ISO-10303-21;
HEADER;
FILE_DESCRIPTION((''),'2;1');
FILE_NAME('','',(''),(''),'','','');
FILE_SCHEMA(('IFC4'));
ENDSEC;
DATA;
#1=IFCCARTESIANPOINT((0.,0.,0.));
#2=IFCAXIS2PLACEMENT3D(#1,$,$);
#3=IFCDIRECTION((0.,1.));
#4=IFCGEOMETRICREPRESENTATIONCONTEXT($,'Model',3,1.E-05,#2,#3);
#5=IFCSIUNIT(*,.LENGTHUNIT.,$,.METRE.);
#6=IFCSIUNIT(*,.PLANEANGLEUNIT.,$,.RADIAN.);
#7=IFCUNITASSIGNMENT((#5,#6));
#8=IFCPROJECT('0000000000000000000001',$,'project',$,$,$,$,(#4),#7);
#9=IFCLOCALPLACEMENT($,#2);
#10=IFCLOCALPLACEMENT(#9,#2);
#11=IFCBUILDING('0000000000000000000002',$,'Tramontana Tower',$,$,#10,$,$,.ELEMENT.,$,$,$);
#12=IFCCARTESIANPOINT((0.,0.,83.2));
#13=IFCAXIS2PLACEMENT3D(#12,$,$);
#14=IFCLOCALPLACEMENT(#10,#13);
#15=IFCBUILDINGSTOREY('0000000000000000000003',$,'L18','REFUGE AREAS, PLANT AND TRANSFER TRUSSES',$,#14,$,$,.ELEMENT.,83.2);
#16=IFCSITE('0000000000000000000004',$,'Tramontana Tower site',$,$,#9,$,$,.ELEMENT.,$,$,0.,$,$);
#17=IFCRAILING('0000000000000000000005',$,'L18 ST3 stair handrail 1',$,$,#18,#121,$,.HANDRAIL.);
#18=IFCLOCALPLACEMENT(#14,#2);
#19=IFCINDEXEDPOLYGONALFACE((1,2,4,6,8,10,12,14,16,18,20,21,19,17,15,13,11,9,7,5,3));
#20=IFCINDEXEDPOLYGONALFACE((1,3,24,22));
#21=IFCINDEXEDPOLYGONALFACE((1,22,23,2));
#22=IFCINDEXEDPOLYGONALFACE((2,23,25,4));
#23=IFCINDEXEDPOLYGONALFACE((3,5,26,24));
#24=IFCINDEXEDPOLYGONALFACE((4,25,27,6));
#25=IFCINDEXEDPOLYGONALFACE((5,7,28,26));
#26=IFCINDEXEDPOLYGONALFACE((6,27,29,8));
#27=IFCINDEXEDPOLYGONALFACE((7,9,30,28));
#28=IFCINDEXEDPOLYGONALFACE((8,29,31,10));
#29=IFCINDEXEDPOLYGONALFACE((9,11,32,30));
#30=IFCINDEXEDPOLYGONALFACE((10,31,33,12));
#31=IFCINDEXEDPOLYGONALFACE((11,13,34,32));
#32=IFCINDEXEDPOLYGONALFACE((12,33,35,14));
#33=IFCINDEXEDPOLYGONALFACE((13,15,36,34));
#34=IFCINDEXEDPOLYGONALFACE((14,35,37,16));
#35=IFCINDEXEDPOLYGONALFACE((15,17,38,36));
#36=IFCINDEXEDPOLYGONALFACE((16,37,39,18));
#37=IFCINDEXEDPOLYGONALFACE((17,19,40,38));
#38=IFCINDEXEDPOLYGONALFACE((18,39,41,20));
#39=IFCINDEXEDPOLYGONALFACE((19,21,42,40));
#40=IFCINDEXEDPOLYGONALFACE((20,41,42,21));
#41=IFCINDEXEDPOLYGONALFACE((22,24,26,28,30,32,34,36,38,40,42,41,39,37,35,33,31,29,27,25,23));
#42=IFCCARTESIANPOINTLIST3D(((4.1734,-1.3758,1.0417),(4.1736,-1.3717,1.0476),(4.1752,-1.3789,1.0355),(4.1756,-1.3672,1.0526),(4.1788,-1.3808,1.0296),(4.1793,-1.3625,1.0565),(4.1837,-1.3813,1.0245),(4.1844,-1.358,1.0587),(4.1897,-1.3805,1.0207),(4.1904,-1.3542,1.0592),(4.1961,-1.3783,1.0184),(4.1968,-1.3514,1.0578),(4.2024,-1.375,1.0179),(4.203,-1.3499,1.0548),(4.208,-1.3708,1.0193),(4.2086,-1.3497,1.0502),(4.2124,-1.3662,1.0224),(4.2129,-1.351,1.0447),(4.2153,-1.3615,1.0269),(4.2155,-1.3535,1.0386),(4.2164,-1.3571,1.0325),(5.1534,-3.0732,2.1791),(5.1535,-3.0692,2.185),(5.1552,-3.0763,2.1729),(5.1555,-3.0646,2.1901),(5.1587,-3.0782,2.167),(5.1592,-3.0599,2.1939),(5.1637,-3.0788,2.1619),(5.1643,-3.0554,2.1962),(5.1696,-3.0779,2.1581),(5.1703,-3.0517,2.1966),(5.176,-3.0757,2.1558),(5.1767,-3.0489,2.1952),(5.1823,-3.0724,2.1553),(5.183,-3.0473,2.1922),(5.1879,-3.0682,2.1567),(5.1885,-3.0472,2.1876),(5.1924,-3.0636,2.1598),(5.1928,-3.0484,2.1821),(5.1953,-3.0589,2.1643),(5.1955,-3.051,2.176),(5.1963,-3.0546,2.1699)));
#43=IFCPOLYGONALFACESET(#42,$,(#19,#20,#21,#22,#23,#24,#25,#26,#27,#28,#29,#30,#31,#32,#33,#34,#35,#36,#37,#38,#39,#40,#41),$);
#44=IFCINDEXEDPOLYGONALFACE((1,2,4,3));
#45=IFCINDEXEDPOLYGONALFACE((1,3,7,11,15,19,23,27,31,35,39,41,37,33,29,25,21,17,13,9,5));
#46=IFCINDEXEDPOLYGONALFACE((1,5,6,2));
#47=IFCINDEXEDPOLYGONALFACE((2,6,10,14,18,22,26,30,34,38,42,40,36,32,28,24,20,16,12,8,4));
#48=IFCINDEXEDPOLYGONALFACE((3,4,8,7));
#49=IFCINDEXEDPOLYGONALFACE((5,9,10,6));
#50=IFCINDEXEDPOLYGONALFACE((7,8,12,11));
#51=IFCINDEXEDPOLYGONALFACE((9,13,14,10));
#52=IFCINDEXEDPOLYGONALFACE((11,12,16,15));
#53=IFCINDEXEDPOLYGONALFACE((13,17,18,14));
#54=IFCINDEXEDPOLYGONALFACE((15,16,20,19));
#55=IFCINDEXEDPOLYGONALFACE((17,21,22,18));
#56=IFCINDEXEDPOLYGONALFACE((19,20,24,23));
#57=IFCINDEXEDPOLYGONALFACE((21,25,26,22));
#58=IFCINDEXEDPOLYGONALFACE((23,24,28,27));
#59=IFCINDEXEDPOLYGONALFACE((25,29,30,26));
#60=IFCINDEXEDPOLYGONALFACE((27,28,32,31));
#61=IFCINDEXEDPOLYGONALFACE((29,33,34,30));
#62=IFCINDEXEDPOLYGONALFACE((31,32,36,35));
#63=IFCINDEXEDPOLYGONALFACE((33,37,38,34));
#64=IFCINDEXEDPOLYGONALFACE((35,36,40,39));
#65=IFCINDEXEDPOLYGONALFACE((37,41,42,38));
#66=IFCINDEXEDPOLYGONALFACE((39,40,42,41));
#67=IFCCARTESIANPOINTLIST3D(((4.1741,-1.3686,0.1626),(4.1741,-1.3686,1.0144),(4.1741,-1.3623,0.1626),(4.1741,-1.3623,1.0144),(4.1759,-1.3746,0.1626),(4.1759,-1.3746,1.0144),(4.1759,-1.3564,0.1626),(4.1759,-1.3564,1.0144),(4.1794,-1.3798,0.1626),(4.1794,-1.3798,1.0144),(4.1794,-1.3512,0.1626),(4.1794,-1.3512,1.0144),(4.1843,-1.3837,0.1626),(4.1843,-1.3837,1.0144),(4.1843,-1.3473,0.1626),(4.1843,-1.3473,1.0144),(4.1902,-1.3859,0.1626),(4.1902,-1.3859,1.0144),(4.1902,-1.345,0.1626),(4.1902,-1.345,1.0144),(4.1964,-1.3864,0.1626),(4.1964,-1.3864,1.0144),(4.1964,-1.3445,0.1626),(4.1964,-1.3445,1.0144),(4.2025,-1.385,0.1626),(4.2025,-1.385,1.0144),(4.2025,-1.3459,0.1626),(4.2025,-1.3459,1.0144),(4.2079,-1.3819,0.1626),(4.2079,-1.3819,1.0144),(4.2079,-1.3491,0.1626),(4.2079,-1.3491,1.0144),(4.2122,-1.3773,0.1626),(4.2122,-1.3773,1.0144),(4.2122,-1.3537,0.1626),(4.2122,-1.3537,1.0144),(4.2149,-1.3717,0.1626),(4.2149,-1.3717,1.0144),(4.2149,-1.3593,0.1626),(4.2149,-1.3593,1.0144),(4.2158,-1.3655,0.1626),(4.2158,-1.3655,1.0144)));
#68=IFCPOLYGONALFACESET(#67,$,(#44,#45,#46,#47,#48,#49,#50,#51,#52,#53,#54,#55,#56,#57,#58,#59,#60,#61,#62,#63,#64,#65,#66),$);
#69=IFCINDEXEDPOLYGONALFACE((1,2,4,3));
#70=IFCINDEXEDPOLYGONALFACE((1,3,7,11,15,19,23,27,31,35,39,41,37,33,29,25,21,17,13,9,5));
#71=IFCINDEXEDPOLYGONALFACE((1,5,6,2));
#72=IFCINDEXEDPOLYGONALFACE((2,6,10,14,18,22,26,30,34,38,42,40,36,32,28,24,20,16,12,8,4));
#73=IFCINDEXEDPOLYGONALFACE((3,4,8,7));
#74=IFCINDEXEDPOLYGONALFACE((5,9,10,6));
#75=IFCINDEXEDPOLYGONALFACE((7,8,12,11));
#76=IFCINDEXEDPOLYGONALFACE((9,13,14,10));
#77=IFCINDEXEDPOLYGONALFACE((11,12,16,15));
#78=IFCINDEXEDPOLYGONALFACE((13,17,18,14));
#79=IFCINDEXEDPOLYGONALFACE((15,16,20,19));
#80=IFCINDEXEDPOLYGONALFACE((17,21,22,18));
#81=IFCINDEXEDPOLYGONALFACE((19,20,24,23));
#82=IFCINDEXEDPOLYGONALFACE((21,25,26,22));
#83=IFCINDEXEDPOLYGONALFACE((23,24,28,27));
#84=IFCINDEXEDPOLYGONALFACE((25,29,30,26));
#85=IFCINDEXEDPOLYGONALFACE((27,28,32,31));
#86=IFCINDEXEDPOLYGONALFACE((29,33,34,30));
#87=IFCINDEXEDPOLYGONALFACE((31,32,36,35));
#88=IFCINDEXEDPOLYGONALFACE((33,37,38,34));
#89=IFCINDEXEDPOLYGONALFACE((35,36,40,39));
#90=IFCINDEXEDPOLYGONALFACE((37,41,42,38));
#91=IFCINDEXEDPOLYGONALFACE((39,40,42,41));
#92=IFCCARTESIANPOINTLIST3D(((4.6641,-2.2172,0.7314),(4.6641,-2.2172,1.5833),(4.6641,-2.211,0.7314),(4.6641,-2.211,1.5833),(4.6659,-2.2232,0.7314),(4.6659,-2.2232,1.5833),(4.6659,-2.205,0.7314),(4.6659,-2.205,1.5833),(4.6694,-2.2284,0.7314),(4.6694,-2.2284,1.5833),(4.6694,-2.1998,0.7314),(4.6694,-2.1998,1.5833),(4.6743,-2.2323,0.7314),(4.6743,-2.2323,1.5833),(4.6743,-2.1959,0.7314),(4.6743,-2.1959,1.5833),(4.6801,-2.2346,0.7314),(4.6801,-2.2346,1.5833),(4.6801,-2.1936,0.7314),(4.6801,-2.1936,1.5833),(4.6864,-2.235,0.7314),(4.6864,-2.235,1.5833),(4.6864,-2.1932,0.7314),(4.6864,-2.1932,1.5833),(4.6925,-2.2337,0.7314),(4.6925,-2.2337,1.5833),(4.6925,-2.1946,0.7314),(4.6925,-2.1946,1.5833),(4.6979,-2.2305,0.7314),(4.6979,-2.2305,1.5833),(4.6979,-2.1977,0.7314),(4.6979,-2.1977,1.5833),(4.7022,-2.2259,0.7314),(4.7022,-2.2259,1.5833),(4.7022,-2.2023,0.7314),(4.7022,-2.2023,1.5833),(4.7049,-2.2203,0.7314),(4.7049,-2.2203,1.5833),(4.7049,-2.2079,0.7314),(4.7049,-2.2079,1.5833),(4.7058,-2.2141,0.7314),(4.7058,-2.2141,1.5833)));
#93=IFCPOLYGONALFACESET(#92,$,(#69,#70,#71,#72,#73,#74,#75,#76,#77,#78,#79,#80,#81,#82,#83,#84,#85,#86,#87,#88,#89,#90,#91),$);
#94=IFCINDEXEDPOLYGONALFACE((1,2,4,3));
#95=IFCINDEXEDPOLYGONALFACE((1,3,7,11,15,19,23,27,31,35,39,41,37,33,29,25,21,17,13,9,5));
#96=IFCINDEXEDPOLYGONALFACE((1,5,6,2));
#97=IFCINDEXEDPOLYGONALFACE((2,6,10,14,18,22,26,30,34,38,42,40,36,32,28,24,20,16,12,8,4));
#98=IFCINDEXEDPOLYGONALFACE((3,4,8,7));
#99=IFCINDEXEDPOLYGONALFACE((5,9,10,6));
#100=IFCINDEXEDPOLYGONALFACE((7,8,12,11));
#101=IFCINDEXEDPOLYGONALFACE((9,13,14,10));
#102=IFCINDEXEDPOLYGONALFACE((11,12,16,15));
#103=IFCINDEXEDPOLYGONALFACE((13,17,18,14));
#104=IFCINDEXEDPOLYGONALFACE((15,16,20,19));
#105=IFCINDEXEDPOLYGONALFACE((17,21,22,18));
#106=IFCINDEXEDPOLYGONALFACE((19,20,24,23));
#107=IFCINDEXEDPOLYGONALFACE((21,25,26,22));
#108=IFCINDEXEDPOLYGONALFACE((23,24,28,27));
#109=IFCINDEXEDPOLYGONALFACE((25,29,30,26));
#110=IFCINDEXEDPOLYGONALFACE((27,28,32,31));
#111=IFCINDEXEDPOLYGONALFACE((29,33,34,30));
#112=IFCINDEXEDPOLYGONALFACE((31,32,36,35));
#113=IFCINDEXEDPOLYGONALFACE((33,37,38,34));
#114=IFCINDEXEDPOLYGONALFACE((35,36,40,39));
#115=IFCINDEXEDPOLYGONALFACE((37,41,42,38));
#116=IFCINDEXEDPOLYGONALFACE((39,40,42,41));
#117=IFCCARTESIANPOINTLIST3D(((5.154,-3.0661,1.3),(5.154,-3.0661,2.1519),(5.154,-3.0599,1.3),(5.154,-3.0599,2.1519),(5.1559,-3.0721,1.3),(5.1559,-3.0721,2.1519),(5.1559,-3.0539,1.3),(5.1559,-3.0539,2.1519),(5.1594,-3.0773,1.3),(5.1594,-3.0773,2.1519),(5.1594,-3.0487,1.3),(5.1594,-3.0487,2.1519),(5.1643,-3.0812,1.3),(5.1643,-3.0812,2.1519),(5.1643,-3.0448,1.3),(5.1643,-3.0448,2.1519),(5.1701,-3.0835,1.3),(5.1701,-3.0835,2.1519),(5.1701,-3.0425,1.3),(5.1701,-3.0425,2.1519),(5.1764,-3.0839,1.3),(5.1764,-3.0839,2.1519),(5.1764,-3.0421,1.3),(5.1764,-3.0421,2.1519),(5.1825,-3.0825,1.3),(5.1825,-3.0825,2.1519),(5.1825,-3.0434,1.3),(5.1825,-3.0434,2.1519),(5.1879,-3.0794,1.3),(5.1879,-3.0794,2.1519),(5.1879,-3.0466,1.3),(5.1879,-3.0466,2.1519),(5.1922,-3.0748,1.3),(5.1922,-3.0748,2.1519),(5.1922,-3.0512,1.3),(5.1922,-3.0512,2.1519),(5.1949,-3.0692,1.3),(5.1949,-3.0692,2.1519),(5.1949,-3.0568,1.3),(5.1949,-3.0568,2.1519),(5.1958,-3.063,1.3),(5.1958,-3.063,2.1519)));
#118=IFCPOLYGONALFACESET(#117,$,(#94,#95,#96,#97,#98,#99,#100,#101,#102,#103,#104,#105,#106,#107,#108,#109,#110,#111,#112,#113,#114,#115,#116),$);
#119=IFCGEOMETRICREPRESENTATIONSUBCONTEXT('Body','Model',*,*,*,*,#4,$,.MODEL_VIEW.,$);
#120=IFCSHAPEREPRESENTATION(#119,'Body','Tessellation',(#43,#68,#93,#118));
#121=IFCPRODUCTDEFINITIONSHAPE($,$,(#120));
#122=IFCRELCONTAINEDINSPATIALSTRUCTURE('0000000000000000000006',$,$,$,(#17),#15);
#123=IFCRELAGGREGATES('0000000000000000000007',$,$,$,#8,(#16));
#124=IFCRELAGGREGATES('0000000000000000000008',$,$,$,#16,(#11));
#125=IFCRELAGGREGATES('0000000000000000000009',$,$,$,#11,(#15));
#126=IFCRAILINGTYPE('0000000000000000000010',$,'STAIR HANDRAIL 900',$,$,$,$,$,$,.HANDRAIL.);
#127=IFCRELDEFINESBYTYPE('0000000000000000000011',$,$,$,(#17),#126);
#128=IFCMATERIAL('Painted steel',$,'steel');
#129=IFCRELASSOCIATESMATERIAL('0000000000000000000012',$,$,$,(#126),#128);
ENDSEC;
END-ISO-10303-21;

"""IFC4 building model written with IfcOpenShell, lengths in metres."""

from ifc_helpers import new_model, si_unit, direction, frame, origin, origin_2d, place, context, subcontext, project, spatial, circle, extrude, material, type_object, element, save


model = new_model("IFC4")

# Units and contexts
model_context = context("Model", 3, precision=1e-05, world=origin(), true_north=direction((0.0, 1.0)))
body_context = subcontext(model_context, "Body", "Model", "MODEL_VIEW")
ifc_project = project(units=[si_unit("LENGTHUNIT", "METRE"), si_unit("PLANEANGLEUNIT", "RADIAN")], contexts=[model_context])

# Site, building, storey
site_placement = place(None, origin())
site = spatial("IfcSite", under=ifc_project, at=site_placement, Name="Tramontana Tower site", CompositionType="ELEMENT", RefElevation=0.0)
building_placement = place(site_placement, origin())
building = spatial("IfcBuilding", under=site, at=building_placement, Name="Tramontana Tower", CompositionType="ELEMENT")
storey_placement = place(building_placement, frame((0.0, 0.0, 83.2)))
storey = spatial("IfcBuildingStorey", under=building, at=storey_placement, Name="L18", Description="REFUGE AREAS, PLANT AND TRANSFER TRUSSES", CompositionType="ELEMENT", Elevation=83.2)

# Railing
ifc_material_1 = material(Name="Painted steel", Category="steel")
railing_type_1 = type_object("IfcRailingType", Name="STAIR HANDRAIL 900", PredefinedType="HANDRAIL", material=ifc_material_1)
railing_placement = place(storey_placement, frame((4.1948, -1.3655, 0.1626)))
element("IfcRailing", 1, at=railing_placement, inside=storey, type_object=railing_type_1, Name="L18 ST3 stair handrail 1", PredefinedType="HANDRAIL", context=body_context, shape_type="SweptSolid", body=[
    extrude(circle(Radius=0.0239, at=origin_2d()), frame((0.0, 0.0, 0.876), z_axis=(0.432432, -0.749053, 0.501918), x_axis=(0.866042, 0.49997, 0.0)), (0.0, 0.0, 1.0), 2.2661),
    extrude(circle(Radius=0.021, at=origin_2d()), origin(), (0.0, 0.0, 1.0), 0.8518),
    extrude(circle(Radius=0.021, at=origin_2d()), frame((0.49, -0.8486, 0.5688)), (0.0, 0.0, 1.0), 0.8518),
    extrude(circle(Radius=0.021, at=origin_2d()), frame((0.98, -1.6975, 1.1375)), (0.0, 0.0, 1.0), 0.8518),
])

save(model, "model.ifc")
